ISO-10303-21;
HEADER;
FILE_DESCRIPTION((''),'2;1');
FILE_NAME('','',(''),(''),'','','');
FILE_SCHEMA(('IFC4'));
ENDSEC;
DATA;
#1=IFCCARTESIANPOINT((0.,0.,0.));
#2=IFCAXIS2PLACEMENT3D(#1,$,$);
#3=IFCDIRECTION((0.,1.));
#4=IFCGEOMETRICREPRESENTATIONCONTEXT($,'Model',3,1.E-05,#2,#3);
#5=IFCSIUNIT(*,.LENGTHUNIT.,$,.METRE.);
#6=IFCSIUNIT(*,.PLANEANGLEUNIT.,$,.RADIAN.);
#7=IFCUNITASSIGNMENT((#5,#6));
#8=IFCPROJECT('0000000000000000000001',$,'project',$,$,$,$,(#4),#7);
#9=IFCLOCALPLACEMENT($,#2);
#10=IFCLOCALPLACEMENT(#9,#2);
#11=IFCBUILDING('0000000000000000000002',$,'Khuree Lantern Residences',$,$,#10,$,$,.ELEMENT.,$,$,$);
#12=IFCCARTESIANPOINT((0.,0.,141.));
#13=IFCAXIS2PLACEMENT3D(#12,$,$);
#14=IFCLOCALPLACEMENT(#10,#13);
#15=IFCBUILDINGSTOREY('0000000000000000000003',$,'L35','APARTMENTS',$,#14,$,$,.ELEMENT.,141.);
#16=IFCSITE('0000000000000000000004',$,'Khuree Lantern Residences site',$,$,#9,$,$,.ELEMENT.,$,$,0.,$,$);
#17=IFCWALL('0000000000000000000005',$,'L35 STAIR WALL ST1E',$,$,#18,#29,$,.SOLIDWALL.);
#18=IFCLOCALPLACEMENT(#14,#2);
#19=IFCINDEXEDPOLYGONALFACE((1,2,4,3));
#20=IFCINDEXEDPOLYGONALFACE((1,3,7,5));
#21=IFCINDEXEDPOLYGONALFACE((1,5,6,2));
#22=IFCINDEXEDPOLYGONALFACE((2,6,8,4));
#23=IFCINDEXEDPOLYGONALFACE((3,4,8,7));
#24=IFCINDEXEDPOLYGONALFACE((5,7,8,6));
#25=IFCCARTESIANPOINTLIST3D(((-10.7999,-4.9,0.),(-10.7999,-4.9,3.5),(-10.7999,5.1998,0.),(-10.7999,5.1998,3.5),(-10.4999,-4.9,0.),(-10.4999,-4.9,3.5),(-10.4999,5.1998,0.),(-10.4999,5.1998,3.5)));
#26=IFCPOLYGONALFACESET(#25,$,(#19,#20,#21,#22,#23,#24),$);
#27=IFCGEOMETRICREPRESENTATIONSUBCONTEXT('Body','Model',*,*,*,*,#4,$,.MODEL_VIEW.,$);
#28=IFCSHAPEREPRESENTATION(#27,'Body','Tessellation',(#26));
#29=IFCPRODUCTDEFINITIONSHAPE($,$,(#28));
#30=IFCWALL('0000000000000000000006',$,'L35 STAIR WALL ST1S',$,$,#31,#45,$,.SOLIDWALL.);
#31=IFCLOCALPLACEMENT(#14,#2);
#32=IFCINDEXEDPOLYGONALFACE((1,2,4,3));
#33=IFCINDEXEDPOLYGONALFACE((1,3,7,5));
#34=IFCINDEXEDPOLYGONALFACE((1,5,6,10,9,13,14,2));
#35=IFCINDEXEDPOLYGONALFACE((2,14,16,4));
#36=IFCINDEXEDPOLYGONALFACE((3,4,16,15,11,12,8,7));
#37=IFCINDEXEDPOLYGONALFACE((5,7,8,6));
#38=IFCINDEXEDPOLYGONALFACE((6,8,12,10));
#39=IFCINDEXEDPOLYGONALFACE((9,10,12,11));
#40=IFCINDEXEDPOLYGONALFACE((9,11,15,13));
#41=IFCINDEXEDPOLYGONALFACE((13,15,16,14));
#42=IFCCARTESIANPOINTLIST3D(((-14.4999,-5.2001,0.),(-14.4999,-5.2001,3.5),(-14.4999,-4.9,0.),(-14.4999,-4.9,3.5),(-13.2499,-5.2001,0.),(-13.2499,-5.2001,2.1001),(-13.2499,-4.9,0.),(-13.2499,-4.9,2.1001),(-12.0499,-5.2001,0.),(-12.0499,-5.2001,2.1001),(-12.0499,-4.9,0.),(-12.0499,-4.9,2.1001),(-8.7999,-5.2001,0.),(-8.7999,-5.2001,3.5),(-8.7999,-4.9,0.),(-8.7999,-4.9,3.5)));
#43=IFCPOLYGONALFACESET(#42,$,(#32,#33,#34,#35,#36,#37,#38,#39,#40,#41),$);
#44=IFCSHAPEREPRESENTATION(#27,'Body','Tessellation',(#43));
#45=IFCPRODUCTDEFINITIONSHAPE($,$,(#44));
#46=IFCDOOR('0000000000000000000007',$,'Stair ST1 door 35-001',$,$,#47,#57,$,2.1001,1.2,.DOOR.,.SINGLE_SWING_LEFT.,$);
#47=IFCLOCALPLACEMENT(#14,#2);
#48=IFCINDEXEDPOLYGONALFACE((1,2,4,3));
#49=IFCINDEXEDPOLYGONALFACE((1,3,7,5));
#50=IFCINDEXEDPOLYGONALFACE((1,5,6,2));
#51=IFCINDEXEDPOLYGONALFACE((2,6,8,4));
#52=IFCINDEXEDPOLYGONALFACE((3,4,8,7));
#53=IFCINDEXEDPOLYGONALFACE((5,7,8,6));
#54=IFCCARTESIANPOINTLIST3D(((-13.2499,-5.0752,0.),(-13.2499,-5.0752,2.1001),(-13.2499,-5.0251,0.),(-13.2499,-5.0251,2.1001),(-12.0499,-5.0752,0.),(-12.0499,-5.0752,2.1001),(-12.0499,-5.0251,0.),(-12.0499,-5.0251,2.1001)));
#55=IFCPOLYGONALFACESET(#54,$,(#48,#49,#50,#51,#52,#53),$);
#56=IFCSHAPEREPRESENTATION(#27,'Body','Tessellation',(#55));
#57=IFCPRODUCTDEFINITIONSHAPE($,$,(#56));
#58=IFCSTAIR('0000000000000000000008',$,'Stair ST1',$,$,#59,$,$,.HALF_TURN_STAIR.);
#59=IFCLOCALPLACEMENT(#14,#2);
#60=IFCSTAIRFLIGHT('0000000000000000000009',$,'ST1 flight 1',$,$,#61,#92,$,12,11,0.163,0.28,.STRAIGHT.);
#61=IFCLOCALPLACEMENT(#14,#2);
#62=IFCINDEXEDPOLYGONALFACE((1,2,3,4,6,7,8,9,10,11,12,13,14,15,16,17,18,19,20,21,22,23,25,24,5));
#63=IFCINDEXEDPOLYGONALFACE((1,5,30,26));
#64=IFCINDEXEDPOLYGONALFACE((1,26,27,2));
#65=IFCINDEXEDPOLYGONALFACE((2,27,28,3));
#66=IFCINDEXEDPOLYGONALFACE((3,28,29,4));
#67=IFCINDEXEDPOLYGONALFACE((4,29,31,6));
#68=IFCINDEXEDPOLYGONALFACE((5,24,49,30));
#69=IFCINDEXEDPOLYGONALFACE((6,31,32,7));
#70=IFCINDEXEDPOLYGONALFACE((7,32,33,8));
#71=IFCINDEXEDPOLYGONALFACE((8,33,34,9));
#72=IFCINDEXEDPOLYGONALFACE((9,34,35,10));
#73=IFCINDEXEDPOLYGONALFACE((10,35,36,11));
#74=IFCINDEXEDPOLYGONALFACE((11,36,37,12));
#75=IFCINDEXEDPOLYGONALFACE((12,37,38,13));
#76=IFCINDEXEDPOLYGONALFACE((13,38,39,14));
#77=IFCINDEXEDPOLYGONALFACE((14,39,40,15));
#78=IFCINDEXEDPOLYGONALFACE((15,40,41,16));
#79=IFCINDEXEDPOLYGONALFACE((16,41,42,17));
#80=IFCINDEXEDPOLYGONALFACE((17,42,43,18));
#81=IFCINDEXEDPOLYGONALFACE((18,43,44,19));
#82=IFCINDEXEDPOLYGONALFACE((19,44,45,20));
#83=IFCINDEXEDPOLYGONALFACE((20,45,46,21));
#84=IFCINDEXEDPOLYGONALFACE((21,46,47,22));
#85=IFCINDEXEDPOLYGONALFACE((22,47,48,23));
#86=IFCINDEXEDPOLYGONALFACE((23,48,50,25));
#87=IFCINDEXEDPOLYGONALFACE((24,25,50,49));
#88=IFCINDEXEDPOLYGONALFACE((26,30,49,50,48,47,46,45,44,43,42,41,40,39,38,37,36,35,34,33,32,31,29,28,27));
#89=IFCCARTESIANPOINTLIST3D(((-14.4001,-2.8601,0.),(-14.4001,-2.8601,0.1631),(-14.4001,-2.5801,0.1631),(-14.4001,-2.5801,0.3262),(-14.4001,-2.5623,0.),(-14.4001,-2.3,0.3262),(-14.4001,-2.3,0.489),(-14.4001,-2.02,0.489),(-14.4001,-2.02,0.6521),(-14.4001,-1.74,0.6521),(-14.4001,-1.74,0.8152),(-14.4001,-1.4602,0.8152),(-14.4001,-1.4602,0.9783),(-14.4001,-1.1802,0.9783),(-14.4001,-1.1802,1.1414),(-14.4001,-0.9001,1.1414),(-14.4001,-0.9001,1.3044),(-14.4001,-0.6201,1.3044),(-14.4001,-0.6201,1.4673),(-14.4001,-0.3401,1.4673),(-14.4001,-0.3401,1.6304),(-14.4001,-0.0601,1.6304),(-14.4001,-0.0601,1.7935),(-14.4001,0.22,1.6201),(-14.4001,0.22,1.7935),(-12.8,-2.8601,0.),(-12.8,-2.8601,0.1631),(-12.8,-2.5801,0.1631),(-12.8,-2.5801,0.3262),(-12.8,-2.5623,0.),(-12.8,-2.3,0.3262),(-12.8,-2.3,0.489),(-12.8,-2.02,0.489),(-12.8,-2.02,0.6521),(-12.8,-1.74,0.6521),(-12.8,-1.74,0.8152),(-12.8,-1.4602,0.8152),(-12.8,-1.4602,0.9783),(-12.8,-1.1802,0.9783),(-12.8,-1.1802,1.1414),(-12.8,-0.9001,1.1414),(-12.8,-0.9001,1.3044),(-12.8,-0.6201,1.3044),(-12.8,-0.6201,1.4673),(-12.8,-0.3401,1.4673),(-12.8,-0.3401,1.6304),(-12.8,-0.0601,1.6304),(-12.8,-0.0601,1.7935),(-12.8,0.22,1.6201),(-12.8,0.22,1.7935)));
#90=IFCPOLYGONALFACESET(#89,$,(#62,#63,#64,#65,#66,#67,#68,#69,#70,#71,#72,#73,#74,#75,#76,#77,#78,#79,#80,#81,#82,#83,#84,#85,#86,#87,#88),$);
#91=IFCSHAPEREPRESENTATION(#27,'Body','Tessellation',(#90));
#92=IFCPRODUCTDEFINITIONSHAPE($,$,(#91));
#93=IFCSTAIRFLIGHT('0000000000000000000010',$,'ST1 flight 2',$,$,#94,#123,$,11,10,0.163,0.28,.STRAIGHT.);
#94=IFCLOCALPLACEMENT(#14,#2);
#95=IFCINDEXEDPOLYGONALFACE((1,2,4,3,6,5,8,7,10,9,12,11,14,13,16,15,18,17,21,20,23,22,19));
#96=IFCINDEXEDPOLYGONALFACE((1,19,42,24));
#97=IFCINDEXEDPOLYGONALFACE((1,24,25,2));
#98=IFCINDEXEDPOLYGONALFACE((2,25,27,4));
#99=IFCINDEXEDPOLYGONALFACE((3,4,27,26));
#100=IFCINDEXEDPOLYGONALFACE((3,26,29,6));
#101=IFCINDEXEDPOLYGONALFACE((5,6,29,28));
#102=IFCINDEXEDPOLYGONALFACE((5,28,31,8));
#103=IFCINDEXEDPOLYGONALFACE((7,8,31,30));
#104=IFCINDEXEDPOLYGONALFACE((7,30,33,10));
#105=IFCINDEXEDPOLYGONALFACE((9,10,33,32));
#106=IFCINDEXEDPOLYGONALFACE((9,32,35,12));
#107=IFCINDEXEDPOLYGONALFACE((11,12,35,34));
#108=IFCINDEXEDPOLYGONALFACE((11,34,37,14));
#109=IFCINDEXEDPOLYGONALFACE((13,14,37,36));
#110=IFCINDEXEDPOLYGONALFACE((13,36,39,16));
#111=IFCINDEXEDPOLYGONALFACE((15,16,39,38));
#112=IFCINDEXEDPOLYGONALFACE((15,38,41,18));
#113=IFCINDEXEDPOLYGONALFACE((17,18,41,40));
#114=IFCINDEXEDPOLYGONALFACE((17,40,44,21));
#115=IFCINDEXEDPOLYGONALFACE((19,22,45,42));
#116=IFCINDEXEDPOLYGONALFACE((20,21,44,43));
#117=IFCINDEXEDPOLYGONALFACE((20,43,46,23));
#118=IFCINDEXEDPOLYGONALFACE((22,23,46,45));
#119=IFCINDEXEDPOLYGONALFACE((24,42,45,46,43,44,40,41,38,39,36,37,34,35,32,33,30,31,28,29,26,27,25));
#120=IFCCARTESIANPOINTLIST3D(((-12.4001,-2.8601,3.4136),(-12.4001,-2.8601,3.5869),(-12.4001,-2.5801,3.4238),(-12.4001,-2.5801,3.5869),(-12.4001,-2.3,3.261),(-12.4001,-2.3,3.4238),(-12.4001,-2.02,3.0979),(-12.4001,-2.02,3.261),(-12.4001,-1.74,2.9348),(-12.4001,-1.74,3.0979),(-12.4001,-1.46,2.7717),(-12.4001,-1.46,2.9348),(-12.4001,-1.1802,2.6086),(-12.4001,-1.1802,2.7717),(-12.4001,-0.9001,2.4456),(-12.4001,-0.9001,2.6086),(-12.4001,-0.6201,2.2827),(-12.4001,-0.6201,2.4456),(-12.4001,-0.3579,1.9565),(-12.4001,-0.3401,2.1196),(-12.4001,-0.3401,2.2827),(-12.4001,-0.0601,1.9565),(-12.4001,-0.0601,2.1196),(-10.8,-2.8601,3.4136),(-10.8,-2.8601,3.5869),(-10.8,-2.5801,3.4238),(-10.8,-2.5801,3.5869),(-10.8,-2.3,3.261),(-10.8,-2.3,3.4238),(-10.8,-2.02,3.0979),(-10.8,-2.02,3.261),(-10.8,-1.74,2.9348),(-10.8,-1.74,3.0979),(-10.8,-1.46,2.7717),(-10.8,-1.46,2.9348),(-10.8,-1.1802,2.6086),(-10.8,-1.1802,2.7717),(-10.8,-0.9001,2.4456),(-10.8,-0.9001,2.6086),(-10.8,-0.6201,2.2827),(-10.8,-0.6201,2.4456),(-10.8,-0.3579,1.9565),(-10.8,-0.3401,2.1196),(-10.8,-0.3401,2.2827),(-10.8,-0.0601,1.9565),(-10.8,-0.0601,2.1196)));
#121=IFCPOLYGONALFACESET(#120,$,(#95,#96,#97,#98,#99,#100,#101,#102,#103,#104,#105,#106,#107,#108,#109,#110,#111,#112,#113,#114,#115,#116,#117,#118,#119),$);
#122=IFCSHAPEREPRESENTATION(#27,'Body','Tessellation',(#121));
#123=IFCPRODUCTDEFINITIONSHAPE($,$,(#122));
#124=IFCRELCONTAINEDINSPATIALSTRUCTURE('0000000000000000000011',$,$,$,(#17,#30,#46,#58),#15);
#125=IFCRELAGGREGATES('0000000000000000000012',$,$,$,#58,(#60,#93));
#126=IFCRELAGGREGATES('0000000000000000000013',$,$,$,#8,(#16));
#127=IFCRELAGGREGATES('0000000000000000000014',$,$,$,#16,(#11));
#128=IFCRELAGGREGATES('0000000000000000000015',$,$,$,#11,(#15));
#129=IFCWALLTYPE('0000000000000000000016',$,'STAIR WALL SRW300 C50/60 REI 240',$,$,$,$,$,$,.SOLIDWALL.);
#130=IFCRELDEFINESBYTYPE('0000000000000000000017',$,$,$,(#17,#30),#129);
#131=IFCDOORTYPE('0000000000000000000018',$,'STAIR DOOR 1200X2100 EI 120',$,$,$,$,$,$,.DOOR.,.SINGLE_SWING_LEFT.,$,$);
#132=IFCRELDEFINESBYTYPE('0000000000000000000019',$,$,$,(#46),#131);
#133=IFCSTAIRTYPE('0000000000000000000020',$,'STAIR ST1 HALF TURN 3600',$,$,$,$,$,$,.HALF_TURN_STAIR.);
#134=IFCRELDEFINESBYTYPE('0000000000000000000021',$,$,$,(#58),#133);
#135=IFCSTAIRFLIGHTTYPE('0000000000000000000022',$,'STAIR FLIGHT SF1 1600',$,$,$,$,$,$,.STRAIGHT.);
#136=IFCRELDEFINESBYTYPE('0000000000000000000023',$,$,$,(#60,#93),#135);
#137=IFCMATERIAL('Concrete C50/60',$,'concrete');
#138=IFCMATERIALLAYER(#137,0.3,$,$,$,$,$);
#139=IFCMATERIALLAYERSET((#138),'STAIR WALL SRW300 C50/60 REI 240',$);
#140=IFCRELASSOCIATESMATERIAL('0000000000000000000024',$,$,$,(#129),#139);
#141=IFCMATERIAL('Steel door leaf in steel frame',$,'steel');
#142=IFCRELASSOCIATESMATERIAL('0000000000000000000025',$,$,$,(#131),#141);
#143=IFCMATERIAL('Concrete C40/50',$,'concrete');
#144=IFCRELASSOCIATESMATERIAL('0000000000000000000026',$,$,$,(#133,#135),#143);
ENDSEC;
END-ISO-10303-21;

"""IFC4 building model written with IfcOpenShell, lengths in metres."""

from ifc_helpers import new_model, si_unit, direction, frame, frame_2d, origin, place, context, subcontext, project, spatial, polyline, rectangle, outline, extrude, material, layer, layer_set, type_object, element, fill, aggregate, save


model = new_model("IFC4")

# Units and contexts
model_context = context("Model", 3, precision=1e-05, world=origin(), true_north=direction((0.0, 1.0)))
body_context = subcontext(model_context, "Body", "Model", "MODEL_VIEW")
ifc_project = project(units=[si_unit("LENGTHUNIT", "METRE"), si_unit("PLANEANGLEUNIT", "RADIAN")], contexts=[model_context])

# Site, building, storey
site_placement = place(None, origin())
site = spatial("IfcSite", under=ifc_project, at=site_placement, Name="Khuree Lantern Residences site", CompositionType="ELEMENT", RefElevation=0.0)
building_placement = place(site_placement, origin())
building = spatial("IfcBuilding", under=site, at=building_placement, Name="Khuree Lantern Residences", CompositionType="ELEMENT")
storey_placement = place(building_placement, frame((0.0, 0.0, 141.0)))
storey = spatial("IfcBuildingStorey", under=building, at=storey_placement, Name="L35", Description="APARTMENTS", CompositionType="ELEMENT", Elevation=141.0)

# Shared definitions
ifc_material_1 = material(Name="Steel door leaf in steel frame", Category="steel")

# Wall
ifc_material_2 = material(Name="Concrete C50/60", Category="concrete")
ifc_layer_1 = layer(ifc_material_2, 0.3)
ifc_layer_set_1 = layer_set([ifc_layer_1], Name="STAIR WALL SRW300 C50/60 REI 240")
wall_type_1 = type_object("IfcWallType", Name="STAIR WALL SRW300 C50/60 REI 240", PredefinedType="SOLIDWALL", material=ifc_layer_set_1)
wall_1_placement = place(storey_placement, frame((-10.6499, -4.8999, 0.0), z_axis=(0.0, 0.0, 1.0), x_axis=(0.0, 1.0, 0.0)))
element("IfcWall", 1, at=wall_1_placement, inside=storey, type_object=wall_type_1, Name="L35 STAIR WALL ST1E", PredefinedType="SOLIDWALL", context=body_context, shape_type="SweptSolid", body=[
    extrude(rectangle(XDim=10.0999, YDim=0.3, at=frame_2d((5.0498, 0.0))), origin(), (0.0, 0.0, 1.0), 3.5),
])

# Wall, opening, door
wall_2_placement = place(storey_placement, frame((-14.5, -5.05, 0.0), z_axis=(0.0, 0.0, 1.0), x_axis=(1.0, 0.0, 0.0)))
wall_2 = element("IfcWall", 2, at=wall_2_placement, inside=storey, type_object=wall_type_1, Name="L35 STAIR WALL ST1S", PredefinedType="SOLIDWALL", context=body_context, shape_type="SweptSolid", body=[
    extrude(rectangle(XDim=5.7, YDim=0.3, at=frame_2d((2.8501, 0.0))), origin(), (0.0, 0.0, 1.0), 3.5),
])
opening_1_placement = place(wall_2_placement, frame((1.25, 0.0, 0.0)))
opening_1 = element("IfcOpeningElement", 3, at=opening_1_placement, cuts=wall_2, PredefinedType="OPENING", context=body_context, shape_type="SweptSolid", body=[
    extrude(rectangle(XDim=1.2, YDim=2.1001, at=frame_2d((0.6001, 1.05))), frame((0.0, 0.1602, 0.0), z_axis=(0.0, -1.0, 0.0), x_axis=(1.0, 0.0, 0.0)), (0.0, 0.0, 1.0), 0.3201),
])
door_type_1 = type_object("IfcDoorType", Name="STAIR DOOR 1200X2100 EI 120", OperationType="SINGLE_SWING_LEFT", PredefinedType="DOOR", material=ifc_material_1)
door_1_placement = place(opening_1_placement, origin())
door_1 = element("IfcDoor", 4, at=door_1_placement, inside=storey, type_object=door_type_1, Name="Stair ST1 door 35-001", OperationType="SINGLE_SWING_LEFT", OverallHeight=2.1001, OverallWidth=1.2, PredefinedType="DOOR", context=body_context, shape_type="SweptSolid", body=[
    extrude(rectangle(XDim=1.2, YDim=2.1001, at=frame_2d((0.6001, 1.05))), frame((0.0, 0.0249, 0.0), z_axis=(0.0, -1.0, 0.0), x_axis=(1.0, 0.0, 0.0)), (0.0, 0.0, 1.0), 0.05),
])
fill(opening_1, door_1)

# Stair, stair flights
ifc_material_3 = material(Name="Concrete C40/50", Category="concrete")
stair_type = type_object("IfcStairType", Name="STAIR ST1 HALF TURN 3600", PredefinedType="HALF_TURN_STAIR", material=ifc_material_3)
stair_placement = place(storey_placement, origin())
stair = element("IfcStair", 5, at=stair_placement, inside=storey, type_object=stair_type, Name="Stair ST1", PredefinedType="HALF_TURN_STAIR")
stair_flight_type = type_object("IfcStairFlightType", Name="STAIR FLIGHT SF1 1600", PredefinedType="STRAIGHT", material=ifc_material_3)
stair_flight_1_placement = place(storey_placement, frame((-13.6001, -2.8601, 0.0), z_axis=(0.0, 0.0, 1.0), x_axis=(0.0, 1.0, 0.0)))
stair_flight_1 = element("IfcStairFlight", 6, at=stair_flight_1_placement, type_object=stair_flight_type, Name="ST1 flight 1", NumberOfRisers=12, NumberOfTreads=11, PredefinedType="STRAIGHT", RiserHeight=0.163, TreadLength=0.28, context=body_context, shape_type="SweptSolid", body=[
    extrude(outline(polyline([(0.0, 0.0), (0.0, 0.1631), (0.28, 0.1631), (0.28, 0.3262), (0.5601, 0.3262), (0.5601, 0.489), (0.8401, 0.489), (0.8401, 0.6521), (1.1201, 0.6521), (1.1201, 0.8152), (1.3999, 0.8152), (1.3999, 0.9783), (1.6799, 0.9783), (1.6799, 1.1414), (1.96, 1.1414), (1.96, 1.3044), (2.24, 1.3044), (2.24, 1.4673), (2.52, 1.4673), (2.52, 1.6304), (2.8, 1.6304), (2.8, 1.7935), (3.0801, 1.7935), (3.0801, 1.9565), (3.0801, 1.6201), (0.2979, 0.0), (0.0, 0.0)])), frame((0.0, 0.8, 0.0), z_axis=(0.0, -1.0, 0.0), x_axis=(1.0, 0.0, 0.0)), (0.0, 0.0, 1.0), 1.6001),
])
stair_flight_2_placement = place(storey_placement, frame((-11.6001, -0.0601, 1.9565), z_axis=(0.0, 0.0, 1.0), x_axis=(0.0, -1.0, 0.0)))
stair_flight_2 = element("IfcStairFlight", 7, at=stair_flight_2_placement, type_object=stair_flight_type, Name="ST1 flight 2", NumberOfRisers=11, NumberOfTreads=10, PredefinedType="STRAIGHT", RiserHeight=0.163, TreadLength=0.28, context=body_context, shape_type="SweptSolid", body=[
    extrude(outline(polyline([(0.0, 0.0), (0.0, 0.1631), (0.28, 0.1631), (0.28, 0.3262), (0.5601, 0.3262), (0.5601, 0.489), (0.8401, 0.489), (0.8401, 0.6521), (1.1201, 0.6521), (1.1201, 0.8152), (1.3999, 0.8152), (1.3999, 0.9783), (1.6799, 0.9783), (1.6799, 1.1414), (1.96, 1.1414), (1.96, 1.3044), (2.24, 1.3044), (2.24, 1.4673), (2.52, 1.4673), (2.52, 1.6304), (2.8, 1.6304), (2.8, 1.7935), (2.8, 1.457), (0.2979, 0.0), (0.0, 0.0)])), frame((0.0, 0.8, 0.0), z_axis=(0.0, -1.0, 0.0), x_axis=(1.0, 0.0, 0.0)), (0.0, 0.0, 1.0), 1.6001),
])
aggregate(stair, [stair_flight_1, stair_flight_2])

save(model, "model.ifc")
